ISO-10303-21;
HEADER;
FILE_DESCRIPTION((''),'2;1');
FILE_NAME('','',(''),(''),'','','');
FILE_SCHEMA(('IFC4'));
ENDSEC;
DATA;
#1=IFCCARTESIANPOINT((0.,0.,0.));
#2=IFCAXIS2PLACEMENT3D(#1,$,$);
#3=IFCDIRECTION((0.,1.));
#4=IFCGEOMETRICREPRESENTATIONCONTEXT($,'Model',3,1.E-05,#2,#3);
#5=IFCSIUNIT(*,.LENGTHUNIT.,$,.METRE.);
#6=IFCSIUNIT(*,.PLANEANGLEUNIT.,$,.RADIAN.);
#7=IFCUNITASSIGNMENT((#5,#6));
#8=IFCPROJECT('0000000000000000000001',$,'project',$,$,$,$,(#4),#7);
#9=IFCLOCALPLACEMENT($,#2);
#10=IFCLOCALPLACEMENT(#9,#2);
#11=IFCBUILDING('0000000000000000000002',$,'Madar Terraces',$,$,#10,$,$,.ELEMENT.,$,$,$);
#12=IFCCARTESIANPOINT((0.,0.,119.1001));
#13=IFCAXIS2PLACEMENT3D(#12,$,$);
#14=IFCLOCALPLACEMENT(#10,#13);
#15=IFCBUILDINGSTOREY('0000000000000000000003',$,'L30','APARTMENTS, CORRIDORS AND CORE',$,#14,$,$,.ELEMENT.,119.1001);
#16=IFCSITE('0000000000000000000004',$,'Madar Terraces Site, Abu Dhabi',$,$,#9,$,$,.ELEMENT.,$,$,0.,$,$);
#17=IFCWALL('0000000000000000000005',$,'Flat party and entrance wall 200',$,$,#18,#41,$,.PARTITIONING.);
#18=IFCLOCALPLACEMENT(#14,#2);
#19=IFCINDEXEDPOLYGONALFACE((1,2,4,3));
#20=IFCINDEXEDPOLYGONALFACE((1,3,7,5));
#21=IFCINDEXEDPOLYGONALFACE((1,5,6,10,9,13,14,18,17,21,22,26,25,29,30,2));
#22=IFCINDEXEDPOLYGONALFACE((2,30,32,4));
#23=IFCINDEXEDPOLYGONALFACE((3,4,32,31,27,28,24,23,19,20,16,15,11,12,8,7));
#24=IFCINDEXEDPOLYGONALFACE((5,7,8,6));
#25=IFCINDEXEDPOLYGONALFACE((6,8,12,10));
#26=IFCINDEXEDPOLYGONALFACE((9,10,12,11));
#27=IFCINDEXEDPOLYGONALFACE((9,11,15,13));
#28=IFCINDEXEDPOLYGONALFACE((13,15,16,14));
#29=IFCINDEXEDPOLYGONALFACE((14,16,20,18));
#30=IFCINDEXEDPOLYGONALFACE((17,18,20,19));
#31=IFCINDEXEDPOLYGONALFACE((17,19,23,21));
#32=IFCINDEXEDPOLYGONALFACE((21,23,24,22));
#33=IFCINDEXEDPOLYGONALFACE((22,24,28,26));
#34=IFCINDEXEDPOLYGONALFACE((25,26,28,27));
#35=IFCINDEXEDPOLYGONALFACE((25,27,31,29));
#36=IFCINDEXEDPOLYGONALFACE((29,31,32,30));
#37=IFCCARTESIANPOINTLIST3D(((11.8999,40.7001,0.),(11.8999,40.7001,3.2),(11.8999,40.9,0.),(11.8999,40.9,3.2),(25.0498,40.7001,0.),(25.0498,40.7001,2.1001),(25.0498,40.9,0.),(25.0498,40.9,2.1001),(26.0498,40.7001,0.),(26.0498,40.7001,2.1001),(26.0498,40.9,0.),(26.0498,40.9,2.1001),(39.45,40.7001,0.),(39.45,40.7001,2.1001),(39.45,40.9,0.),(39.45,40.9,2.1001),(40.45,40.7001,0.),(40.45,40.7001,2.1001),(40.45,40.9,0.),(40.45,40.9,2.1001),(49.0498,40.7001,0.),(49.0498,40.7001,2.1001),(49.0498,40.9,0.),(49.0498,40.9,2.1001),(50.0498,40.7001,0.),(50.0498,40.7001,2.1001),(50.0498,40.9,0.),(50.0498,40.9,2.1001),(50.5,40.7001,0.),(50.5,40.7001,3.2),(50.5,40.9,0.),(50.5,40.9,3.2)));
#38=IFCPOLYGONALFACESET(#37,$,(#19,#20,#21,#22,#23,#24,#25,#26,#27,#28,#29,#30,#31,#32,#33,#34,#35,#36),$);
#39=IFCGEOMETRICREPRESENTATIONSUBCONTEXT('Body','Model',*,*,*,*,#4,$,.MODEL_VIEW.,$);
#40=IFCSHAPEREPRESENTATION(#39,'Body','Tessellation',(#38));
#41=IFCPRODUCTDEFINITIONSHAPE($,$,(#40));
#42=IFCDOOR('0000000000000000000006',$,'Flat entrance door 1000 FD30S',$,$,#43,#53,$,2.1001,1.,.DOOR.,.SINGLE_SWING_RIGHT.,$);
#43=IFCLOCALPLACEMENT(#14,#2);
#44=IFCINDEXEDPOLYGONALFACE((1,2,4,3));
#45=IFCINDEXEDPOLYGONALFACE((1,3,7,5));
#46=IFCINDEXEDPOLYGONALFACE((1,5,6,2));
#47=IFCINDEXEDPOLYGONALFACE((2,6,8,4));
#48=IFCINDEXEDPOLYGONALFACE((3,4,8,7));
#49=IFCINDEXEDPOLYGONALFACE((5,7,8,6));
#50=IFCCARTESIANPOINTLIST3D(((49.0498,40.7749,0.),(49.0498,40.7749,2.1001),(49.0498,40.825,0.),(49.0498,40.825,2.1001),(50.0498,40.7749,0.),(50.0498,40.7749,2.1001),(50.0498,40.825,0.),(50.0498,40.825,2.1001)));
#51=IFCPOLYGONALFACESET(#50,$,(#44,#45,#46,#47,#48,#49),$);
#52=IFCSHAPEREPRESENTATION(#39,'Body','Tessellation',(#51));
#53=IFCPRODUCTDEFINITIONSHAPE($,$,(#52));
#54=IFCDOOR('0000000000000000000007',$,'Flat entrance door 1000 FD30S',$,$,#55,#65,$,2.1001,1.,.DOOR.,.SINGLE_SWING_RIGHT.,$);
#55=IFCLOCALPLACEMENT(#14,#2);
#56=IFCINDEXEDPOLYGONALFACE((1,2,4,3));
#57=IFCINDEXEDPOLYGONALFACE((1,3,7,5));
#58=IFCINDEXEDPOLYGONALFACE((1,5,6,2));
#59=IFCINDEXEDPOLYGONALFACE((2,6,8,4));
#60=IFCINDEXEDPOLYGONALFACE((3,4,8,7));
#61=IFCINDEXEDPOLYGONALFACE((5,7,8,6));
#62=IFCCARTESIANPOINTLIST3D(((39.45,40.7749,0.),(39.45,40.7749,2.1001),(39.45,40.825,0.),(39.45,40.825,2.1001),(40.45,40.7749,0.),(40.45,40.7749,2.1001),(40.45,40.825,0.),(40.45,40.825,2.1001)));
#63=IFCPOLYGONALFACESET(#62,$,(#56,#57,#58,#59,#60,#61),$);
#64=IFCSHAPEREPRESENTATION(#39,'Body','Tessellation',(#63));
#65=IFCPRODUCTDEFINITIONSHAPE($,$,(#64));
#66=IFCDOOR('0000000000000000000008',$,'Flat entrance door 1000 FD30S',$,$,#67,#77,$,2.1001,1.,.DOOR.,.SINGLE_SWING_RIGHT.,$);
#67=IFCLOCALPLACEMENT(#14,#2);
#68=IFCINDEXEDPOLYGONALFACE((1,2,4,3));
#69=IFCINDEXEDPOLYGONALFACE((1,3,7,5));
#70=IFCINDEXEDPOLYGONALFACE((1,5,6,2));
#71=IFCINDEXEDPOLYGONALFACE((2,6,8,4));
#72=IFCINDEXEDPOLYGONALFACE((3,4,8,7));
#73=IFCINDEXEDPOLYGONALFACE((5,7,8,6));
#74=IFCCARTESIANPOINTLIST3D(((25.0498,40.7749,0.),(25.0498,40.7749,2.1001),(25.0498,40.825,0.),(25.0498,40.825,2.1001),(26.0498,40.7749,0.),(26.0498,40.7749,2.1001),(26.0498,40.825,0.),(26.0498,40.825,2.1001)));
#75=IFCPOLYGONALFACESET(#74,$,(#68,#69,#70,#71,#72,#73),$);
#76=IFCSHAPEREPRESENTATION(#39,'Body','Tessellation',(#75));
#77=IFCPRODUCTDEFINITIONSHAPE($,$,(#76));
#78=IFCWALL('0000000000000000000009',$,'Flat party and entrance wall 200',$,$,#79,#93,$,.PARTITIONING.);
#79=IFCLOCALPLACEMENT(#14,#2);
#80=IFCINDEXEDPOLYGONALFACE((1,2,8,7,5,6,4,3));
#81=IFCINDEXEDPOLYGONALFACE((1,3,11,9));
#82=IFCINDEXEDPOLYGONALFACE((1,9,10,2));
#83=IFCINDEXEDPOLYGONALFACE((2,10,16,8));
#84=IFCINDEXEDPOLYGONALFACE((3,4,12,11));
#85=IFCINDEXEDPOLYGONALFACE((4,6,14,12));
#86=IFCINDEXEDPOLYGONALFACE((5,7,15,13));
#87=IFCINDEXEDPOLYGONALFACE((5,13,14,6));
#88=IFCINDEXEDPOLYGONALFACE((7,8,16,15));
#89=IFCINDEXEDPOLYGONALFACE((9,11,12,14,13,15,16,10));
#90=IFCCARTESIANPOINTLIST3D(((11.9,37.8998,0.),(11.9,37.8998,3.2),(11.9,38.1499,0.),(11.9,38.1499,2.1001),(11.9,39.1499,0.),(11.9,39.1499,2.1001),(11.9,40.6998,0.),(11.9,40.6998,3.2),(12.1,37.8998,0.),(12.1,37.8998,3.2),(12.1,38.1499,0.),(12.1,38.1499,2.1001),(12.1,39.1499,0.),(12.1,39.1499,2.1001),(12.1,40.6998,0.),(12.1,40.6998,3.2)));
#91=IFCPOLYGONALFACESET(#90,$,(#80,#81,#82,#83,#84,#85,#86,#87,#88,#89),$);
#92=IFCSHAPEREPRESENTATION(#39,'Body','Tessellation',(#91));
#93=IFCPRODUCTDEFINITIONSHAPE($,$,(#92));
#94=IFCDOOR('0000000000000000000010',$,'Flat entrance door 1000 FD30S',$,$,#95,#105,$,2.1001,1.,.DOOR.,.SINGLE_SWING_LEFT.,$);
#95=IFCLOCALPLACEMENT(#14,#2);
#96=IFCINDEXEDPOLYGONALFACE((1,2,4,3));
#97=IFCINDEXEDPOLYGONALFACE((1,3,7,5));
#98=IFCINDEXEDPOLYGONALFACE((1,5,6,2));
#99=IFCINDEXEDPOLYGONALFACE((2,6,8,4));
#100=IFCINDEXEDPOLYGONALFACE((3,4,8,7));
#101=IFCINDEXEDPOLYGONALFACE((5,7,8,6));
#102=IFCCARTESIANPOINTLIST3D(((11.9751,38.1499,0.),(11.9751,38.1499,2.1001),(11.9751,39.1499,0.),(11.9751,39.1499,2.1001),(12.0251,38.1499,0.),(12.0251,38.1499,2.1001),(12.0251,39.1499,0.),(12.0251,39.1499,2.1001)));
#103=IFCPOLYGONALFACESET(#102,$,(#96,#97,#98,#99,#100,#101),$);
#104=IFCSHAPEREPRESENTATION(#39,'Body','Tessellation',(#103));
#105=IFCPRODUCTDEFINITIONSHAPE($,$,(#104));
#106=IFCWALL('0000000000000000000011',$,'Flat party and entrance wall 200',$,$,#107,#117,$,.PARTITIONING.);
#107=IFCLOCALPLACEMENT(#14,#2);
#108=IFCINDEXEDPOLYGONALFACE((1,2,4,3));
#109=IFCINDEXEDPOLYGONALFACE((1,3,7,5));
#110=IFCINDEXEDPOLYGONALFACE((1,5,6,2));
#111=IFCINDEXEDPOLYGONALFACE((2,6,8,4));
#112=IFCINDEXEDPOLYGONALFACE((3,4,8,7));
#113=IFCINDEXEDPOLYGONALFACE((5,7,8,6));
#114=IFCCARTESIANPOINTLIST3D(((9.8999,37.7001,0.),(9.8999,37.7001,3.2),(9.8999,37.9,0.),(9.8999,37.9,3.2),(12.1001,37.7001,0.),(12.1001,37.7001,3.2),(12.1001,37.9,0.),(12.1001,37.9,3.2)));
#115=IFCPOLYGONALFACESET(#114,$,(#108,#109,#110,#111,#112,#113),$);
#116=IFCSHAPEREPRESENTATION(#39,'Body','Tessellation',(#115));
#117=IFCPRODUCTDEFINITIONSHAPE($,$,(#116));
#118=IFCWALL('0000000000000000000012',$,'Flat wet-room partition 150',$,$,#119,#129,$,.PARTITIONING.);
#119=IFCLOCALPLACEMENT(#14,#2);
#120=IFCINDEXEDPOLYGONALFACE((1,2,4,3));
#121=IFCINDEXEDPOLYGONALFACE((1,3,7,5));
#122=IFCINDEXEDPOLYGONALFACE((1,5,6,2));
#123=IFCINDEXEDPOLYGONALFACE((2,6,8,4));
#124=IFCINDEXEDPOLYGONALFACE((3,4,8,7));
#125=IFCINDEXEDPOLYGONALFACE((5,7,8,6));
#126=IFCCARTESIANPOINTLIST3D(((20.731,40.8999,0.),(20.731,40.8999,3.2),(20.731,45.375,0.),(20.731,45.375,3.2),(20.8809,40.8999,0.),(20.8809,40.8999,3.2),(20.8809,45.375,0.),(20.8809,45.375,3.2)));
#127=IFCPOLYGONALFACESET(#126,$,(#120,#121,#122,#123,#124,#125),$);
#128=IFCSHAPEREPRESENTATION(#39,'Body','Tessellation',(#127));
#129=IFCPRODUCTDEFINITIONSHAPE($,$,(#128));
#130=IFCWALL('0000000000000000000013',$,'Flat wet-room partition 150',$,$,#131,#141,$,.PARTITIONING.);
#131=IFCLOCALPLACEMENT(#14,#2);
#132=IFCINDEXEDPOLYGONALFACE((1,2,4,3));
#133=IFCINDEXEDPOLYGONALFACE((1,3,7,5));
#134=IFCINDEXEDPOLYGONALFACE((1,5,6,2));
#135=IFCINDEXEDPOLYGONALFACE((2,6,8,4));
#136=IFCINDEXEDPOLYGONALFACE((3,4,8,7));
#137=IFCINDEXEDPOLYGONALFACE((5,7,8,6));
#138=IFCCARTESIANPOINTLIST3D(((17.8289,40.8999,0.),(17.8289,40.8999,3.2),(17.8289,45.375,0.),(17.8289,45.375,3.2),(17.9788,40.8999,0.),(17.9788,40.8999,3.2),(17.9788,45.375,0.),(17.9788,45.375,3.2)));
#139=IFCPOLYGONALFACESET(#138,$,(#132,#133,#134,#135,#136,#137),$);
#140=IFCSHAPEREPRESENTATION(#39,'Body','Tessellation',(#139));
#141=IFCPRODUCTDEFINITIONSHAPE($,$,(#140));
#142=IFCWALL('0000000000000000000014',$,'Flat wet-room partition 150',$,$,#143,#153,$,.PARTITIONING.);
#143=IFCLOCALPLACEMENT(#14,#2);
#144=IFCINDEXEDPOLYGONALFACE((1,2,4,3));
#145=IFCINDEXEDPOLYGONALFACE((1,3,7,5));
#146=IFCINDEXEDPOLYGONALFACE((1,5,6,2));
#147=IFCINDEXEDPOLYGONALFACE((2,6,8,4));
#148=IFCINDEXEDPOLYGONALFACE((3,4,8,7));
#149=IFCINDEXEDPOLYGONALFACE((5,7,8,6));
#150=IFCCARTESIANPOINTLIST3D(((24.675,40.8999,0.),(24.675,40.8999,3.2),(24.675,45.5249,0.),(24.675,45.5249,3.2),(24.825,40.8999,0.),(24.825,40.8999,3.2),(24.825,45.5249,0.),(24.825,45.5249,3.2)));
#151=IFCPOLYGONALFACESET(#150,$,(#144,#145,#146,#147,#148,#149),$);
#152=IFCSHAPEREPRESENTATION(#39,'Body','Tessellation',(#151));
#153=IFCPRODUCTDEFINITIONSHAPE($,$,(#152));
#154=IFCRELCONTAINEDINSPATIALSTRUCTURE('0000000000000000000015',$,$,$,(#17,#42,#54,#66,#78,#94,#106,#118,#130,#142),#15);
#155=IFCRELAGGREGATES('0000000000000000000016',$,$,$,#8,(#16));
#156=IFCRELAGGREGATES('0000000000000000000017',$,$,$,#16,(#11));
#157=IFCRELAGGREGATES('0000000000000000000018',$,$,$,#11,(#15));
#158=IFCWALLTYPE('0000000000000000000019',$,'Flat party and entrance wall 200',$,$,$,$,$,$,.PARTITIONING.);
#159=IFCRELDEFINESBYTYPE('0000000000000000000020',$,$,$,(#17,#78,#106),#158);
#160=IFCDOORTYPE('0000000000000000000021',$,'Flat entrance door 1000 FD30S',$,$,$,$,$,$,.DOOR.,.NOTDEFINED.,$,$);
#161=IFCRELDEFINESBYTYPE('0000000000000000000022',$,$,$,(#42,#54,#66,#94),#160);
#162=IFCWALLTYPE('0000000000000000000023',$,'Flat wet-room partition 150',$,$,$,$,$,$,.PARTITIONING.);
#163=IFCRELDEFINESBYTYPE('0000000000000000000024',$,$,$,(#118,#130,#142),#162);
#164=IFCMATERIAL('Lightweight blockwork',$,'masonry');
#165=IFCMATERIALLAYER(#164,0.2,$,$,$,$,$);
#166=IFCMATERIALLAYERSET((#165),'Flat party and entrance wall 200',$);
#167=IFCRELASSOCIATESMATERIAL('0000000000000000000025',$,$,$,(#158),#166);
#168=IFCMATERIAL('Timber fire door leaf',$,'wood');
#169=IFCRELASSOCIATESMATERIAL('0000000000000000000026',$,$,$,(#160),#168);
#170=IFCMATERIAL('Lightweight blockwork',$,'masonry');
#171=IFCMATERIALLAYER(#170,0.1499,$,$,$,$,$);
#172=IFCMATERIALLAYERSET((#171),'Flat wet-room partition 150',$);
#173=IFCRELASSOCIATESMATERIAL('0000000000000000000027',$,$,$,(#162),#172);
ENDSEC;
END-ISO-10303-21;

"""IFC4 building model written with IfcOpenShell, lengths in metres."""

from ifc_helpers import new_model, si_unit, direction, frame, frame_2d, origin, place, context, subcontext, project, spatial, rectangle, extrude, material, layer, layer_set, type_object, element, fill, save


model = new_model("IFC4")

# Units and contexts
model_context = context("Model", 3, precision=1e-05, world=origin(), true_north=direction((0.0, 1.0)))
body_context = subcontext(model_context, "Body", "Model", "MODEL_VIEW")
ifc_project = project(units=[si_unit("LENGTHUNIT", "METRE"), si_unit("PLANEANGLEUNIT", "RADIAN")], contexts=[model_context])

# Site, building, storey
site_placement = place(None, origin())
site = spatial("IfcSite", under=ifc_project, at=site_placement, Name="Madar Terraces Site, Abu Dhabi", CompositionType="ELEMENT", RefElevation=0.0)
building_placement = place(site_placement, origin())
building = spatial("IfcBuilding", under=site, at=building_placement, Name="Madar Terraces", CompositionType="ELEMENT")
storey_placement = place(building_placement, frame((0.0, 0.0, 119.1001)))
storey = spatial("IfcBuildingStorey", under=building, at=storey_placement, Name="L30", Description="APARTMENTS, CORRIDORS AND CORE", CompositionType="ELEMENT", Elevation=119.1001)

# Wall, openings, doors
ifc_material_1 = material(Name="Lightweight blockwork", Category="masonry")
ifc_layer_1 = layer(ifc_material_1, 0.2)
ifc_layer_set_1 = layer_set([ifc_layer_1], Name="Flat party and entrance wall 200")
wall_type_1 = type_object("IfcWallType", Name="Flat party and entrance wall 200", PredefinedType="PARTITIONING", material=ifc_layer_set_1)
wall_1_placement = place(storey_placement, frame((11.8999, 40.8, 0.0), z_axis=(0.0, 0.0, 1.0), x_axis=(1.0, 0.0, 0.0)))
wall_1 = element("IfcWall", 1, at=wall_1_placement, inside=storey, type_object=wall_type_1, Name="Flat party and entrance wall 200", PredefinedType="PARTITIONING", context=body_context, shape_type="SweptSolid", body=[
    extrude(rectangle(XDim=38.6001, YDim=0.2, at=frame_2d((19.3, 0.0))), origin(), (0.0, 0.0, 1.0), 3.2),
])
opening_1_placement = place(wall_1_placement, frame((37.1499, 0.0, 0.0)))
opening_1 = element("IfcOpeningElement", 2, at=opening_1_placement, cuts=wall_1, PredefinedType="OPENING", context=body_context, shape_type="SweptSolid", body=[
    extrude(rectangle(XDim=1.0, YDim=2.1001, at=frame_2d((0.5, 1.05))), frame((0.0, 0.1099, 0.0), z_axis=(0.0, -1.0, 0.0), x_axis=(1.0, 0.0, 0.0)), (0.0, 0.0, 1.0), 0.22),
])
opening_2_placement = place(wall_1_placement, frame((27.55, 0.0, 0.0)))
opening_2 = element("IfcOpeningElement", 3, at=opening_2_placement, cuts=wall_1, PredefinedType="OPENING", context=body_context, shape_type="SweptSolid", body=[
    extrude(rectangle(XDim=1.0, YDim=2.1001, at=frame_2d((0.5, 1.05))), frame((0.0, 0.1099, 0.0), z_axis=(0.0, -1.0, 0.0), x_axis=(1.0, 0.0, 0.0)), (0.0, 0.0, 1.0), 0.22),
])
opening_3_placement = place(wall_1_placement, frame((13.1499, 0.0, 0.0)))
opening_3 = element("IfcOpeningElement", 4, at=opening_3_placement, cuts=wall_1, PredefinedType="OPENING", context=body_context, shape_type="SweptSolid", body=[
    extrude(rectangle(XDim=1.0, YDim=2.1001, at=frame_2d((0.5, 1.05))), frame((0.0, 0.1099, 0.0), z_axis=(0.0, -1.0, 0.0), x_axis=(1.0, 0.0, 0.0)), (0.0, 0.0, 1.0), 0.22),
])
ifc_material_2 = material(Name="Timber fire door leaf", Category="wood")
door_type_1 = type_object("IfcDoorType", Name="Flat entrance door 1000 FD30S", OperationType="NOTDEFINED", PredefinedType="DOOR", material=ifc_material_2)
door_1_placement = place(opening_1_placement, origin())
door_1 = element("IfcDoor", 5, at=door_1_placement, inside=storey, type_object=door_type_1, Name="Flat entrance door 1000 FD30S", OperationType="SINGLE_SWING_RIGHT", OverallHeight=2.1001, OverallWidth=1.0, PredefinedType="DOOR", context=body_context, shape_type="SweptSolid", body=[
    extrude(rectangle(XDim=1.0, YDim=2.1001, at=frame_2d((0.5, 1.05))), frame((0.0, 0.0249, 0.0), z_axis=(0.0, -1.0, 0.0), x_axis=(1.0, 0.0, 0.0)), (0.0, 0.0, 1.0), 0.05),
])
fill(opening_1, door_1)
door_2_placement = place(opening_2_placement, origin())
door_2 = element("IfcDoor", 6, at=door_2_placement, inside=storey, type_object=door_type_1, Name="Flat entrance door 1000 FD30S", OperationType="SINGLE_SWING_RIGHT", OverallHeight=2.1001, OverallWidth=1.0, PredefinedType="DOOR", context=body_context, shape_type="SweptSolid", body=[
    extrude(rectangle(XDim=1.0, YDim=2.1001, at=frame_2d((0.5, 1.05))), frame((0.0, 0.0249, 0.0), z_axis=(0.0, -1.0, 0.0), x_axis=(1.0, 0.0, 0.0)), (0.0, 0.0, 1.0), 0.05),
])
fill(opening_2, door_2)
door_3_placement = place(opening_3_placement, origin())
door_3 = element("IfcDoor", 7, at=door_3_placement, inside=storey, type_object=door_type_1, Name="Flat entrance door 1000 FD30S", OperationType="SINGLE_SWING_RIGHT", OverallHeight=2.1001, OverallWidth=1.0, PredefinedType="DOOR", context=body_context, shape_type="SweptSolid", body=[
    extrude(rectangle(XDim=1.0, YDim=2.1001, at=frame_2d((0.5, 1.05))), frame((0.0, 0.0249, 0.0), z_axis=(0.0, -1.0, 0.0), x_axis=(1.0, 0.0, 0.0)), (0.0, 0.0, 1.0), 0.05),
])
fill(opening_3, door_3)

# Wall, opening, door
wall_2_placement = place(storey_placement, frame((12.0, 37.8999, 0.0), z_axis=(0.0, 0.0, 1.0), x_axis=(0.0, 1.0, 0.0)))
wall_2 = element("IfcWall", 8, at=wall_2_placement, inside=storey, type_object=wall_type_1, Name="Flat party and entrance wall 200", PredefinedType="PARTITIONING", context=body_context, shape_type="SweptSolid", body=[
    extrude(rectangle(XDim=2.8, YDim=0.2, at=frame_2d((1.3999, 0.0))), origin(), (0.0, 0.0, 1.0), 3.2),
])
opening_4_placement = place(wall_2_placement, frame((0.25, 0.0, 0.0)))
opening_4 = element("IfcOpeningElement", 9, at=opening_4_placement, cuts=wall_2, PredefinedType="OPENING", context=body_context, shape_type="SweptSolid", body=[
    extrude(rectangle(XDim=1.0, YDim=2.1001, at=frame_2d((0.5, 1.05))), frame((0.0, 0.1099, 0.0), z_axis=(0.0, -1.0, 0.0), x_axis=(1.0, 0.0, 0.0)), (0.0, 0.0, 1.0), 0.22),
])
door_4_placement = place(opening_4_placement, origin())
door_4 = element("IfcDoor", 10, at=door_4_placement, inside=storey, type_object=door_type_1, Name="Flat entrance door 1000 FD30S", OperationType="SINGLE_SWING_LEFT", OverallHeight=2.1001, OverallWidth=1.0, PredefinedType="DOOR", context=body_context, shape_type="SweptSolid", body=[
    extrude(rectangle(XDim=1.0, YDim=2.1001, at=frame_2d((0.5, 1.05))), frame((0.0, 0.0249, 0.0), z_axis=(0.0, -1.0, 0.0), x_axis=(1.0, 0.0, 0.0)), (0.0, 0.0, 1.0), 0.05),
])
fill(opening_4, door_4)

# Walls
wall_3_placement = place(storey_placement, frame((12.1001, 37.8, 0.0), z_axis=(0.0, 0.0, 1.0), x_axis=(-1.0, 0.0, 0.0)))
element("IfcWall", 11, at=wall_3_placement, inside=storey, type_object=wall_type_1, Name="Flat party and entrance wall 200", PredefinedType="PARTITIONING", context=body_context, shape_type="SweptSolid", body=[
    extrude(rectangle(XDim=2.2002, YDim=0.2, at=frame_2d((1.1001, 0.0))), origin(), (0.0, 0.0, 1.0), 3.2),
])
ifc_material_3 = material(Name="Lightweight blockwork", Category="masonry")
ifc_layer_2 = layer(ifc_material_3, 0.1499)
ifc_layer_set_2 = layer_set([ifc_layer_2], Name="Flat wet-room partition 150")
wall_type_2 = type_object("IfcWallType", Name="Flat wet-room partition 150", PredefinedType="PARTITIONING", material=ifc_layer_set_2)
for number, where, z_axis, x_axis, name in (
    (12, (20.8059, 40.8999, 0.0), (0.0, 0.0, 1.0), (0.0, 1.0, 0.0), "Flat wet-room partition 150"),
    (13, (17.9038, 40.8999, 0.0), (0.0, 0.0, 1.0), (0.0, 1.0, 0.0), "Flat wet-room partition 150"),
):
    element("IfcWall", number, at=place(storey_placement, frame(where, z_axis=z_axis, x_axis=x_axis)), inside=storey, type_object=wall_type_2, Name=name, PredefinedType="PARTITIONING", context=body_context, shape_type="SweptSolid", body=[
        extrude(rectangle(XDim=4.4751, YDim=0.1499, at=frame_2d((2.2375, 0.0))), origin(), (0.0, 0.0, 1.0), 3.2),
    ])
wall_4_placement = place(storey_placement, frame((24.75, 40.8999, 0.0), z_axis=(0.0, 0.0, 1.0), x_axis=(0.0, 1.0, 0.0)))
element("IfcWall", 14, at=wall_4_placement, inside=storey, type_object=wall_type_2, Name="Flat wet-room partition 150", PredefinedType="PARTITIONING", context=body_context, shape_type="SweptSolid", body=[
    extrude(rectangle(XDim=4.625, YDim=0.1499, at=frame_2d((2.3125, 0.0))), origin(), (0.0, 0.0, 1.0), 3.2),
])

save(model, "model.ifc")
